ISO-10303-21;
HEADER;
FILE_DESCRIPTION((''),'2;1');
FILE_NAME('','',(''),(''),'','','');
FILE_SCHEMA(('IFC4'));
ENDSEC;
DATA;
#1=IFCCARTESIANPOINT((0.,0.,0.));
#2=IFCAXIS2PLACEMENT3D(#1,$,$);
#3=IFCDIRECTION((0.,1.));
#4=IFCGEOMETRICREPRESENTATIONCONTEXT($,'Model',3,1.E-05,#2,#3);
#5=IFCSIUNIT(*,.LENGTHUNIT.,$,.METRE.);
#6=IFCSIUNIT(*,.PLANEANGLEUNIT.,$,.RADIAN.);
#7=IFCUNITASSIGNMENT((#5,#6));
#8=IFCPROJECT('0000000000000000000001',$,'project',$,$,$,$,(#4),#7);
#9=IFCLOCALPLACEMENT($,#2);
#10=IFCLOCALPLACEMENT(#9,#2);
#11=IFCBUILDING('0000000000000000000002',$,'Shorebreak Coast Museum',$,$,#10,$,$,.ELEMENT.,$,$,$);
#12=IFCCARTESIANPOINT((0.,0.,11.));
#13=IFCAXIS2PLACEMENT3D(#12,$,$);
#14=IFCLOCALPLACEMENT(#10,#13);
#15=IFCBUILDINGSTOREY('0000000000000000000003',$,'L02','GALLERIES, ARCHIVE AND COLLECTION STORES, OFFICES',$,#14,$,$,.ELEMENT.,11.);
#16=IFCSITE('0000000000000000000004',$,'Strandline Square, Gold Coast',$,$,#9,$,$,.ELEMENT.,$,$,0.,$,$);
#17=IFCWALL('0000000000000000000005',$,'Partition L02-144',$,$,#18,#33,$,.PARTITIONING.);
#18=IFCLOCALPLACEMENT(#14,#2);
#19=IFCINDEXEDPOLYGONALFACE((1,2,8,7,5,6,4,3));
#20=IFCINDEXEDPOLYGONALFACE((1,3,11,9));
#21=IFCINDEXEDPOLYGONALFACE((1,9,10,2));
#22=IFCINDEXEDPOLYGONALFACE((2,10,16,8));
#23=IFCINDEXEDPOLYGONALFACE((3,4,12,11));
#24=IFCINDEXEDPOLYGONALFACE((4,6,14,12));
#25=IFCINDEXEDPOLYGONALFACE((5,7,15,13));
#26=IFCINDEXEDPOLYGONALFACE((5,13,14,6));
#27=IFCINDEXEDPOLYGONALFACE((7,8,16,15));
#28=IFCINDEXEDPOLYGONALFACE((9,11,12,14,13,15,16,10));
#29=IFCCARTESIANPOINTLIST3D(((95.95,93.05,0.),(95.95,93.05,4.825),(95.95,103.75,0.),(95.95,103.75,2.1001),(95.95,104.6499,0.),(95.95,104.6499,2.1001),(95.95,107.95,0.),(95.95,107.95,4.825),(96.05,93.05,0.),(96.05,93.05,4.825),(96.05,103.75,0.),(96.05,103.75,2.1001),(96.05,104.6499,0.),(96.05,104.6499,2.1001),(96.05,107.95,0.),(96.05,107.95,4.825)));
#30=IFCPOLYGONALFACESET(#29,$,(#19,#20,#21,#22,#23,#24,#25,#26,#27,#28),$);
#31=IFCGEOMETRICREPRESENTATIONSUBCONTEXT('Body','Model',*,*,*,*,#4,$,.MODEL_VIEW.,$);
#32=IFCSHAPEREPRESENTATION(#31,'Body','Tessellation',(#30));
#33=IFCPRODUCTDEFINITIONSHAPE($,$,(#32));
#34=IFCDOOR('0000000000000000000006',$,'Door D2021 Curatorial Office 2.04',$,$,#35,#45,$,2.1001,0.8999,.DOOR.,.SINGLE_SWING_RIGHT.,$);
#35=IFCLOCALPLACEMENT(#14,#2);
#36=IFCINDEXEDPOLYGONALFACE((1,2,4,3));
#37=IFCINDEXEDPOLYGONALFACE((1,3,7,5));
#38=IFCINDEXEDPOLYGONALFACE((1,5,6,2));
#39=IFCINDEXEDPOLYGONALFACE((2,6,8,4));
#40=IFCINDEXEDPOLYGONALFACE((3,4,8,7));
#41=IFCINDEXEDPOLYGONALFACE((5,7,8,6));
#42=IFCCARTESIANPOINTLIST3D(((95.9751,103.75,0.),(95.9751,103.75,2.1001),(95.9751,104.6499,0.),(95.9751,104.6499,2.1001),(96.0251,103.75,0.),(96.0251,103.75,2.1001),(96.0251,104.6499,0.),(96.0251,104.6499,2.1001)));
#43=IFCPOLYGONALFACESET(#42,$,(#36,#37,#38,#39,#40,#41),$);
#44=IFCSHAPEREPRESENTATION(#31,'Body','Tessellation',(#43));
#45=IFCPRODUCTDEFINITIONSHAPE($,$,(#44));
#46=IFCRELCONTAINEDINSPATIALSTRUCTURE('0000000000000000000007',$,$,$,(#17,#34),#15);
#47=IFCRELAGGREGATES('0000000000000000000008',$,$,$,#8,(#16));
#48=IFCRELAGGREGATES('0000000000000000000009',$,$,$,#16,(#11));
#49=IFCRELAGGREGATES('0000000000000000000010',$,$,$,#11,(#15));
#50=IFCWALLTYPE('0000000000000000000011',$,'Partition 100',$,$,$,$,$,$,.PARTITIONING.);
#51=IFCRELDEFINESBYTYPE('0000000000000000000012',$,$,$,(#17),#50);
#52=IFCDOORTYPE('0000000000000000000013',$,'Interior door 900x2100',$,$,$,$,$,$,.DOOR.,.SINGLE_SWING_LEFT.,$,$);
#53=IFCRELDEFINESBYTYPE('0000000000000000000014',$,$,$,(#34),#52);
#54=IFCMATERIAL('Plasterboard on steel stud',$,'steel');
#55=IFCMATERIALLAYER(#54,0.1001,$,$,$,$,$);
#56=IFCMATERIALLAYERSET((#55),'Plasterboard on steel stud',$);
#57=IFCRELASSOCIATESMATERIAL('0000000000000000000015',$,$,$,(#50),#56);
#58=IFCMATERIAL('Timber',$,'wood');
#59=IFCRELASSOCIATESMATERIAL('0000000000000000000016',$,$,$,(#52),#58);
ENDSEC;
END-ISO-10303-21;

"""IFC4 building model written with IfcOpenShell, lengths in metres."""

from ifc_helpers import new_model, si_unit, direction, frame, frame_2d, origin, place, context, subcontext, project, spatial, rectangle, extrude, material, layer, layer_set, type_object, element, fill, save


model = new_model("IFC4")

# Units and contexts
model_context = context("Model", 3, precision=1e-05, world=origin(), true_north=direction((0.0, 1.0)))
body_context = subcontext(model_context, "Body", "Model", "MODEL_VIEW")
ifc_project = project(units=[si_unit("LENGTHUNIT", "METRE"), si_unit("PLANEANGLEUNIT", "RADIAN")], contexts=[model_context])

# Site, building, storey
site_placement = place(None, origin())
site = spatial("IfcSite", under=ifc_project, at=site_placement, Name="Strandline Square, Gold Coast", CompositionType="ELEMENT", RefElevation=0.0)
building_placement = place(site_placement, origin())
building = spatial("IfcBuilding", under=site, at=building_placement, Name="Shorebreak Coast Museum", CompositionType="ELEMENT")
storey_placement = place(building_placement, frame((0.0, 0.0, 11.0)))
storey = spatial("IfcBuildingStorey", under=building, at=storey_placement, Name="L02", Description="GALLERIES, ARCHIVE AND COLLECTION STORES, OFFICES", CompositionType="ELEMENT", Elevation=11.0)

# Wall, opening, door
ifc_material_1 = material(Name="Plasterboard on steel stud", Category="steel")
ifc_layer_1 = layer(ifc_material_1, 0.1001)
ifc_layer_set_1 = layer_set([ifc_layer_1], Name="Plasterboard on steel stud")
wall_type_1 = type_object("IfcWallType", Name="Partition 100", PredefinedType="PARTITIONING", material=ifc_layer_set_1)
wall_1_placement = place(storey_placement, frame((96.0, 93.05, 0.0), z_axis=(0.0, 0.0, 1.0), x_axis=(0.0, 1.0, 0.0)))
wall_1 = element("IfcWall", 1, at=wall_1_placement, inside=storey, type_object=wall_type_1, Name="Partition L02-144", PredefinedType="PARTITIONING", context=body_context, shape_type="SweptSolid", body=[
    extrude(rectangle(XDim=14.8999, YDim=0.1001, at=frame_2d((7.45, 0.0))), origin(), (0.0, 0.0, 1.0), 4.825),
])
opening_1_placement = place(wall_1_placement, frame((10.7, 0.0, 0.0)))
opening_1 = element("IfcOpeningElement", 2, at=opening_1_placement, cuts=wall_1, PredefinedType="OPENING", context=body_context, shape_type="SweptSolid", body=[
    extrude(rectangle(XDim=0.8999, YDim=2.1001, at=frame_2d((0.45, 1.05))), frame((0.0, 0.0601, 0.0), z_axis=(0.0, -1.0, 0.0), x_axis=(1.0, 0.0, 0.0)), (0.0, 0.0, 1.0), 0.1201),
])
ifc_material_2 = material(Name="Timber", Category="wood")
door_type_1 = type_object("IfcDoorType", Name="Interior door 900x2100", OperationType="SINGLE_SWING_LEFT", PredefinedType="DOOR", material=ifc_material_2)
door_1_placement = place(opening_1_placement, origin())
door_1 = element("IfcDoor", 3, at=door_1_placement, inside=storey, type_object=door_type_1, Name="Door D2021 Curatorial Office 2.04", OperationType="SINGLE_SWING_RIGHT", OverallHeight=2.1001, OverallWidth=0.8999, PredefinedType="DOOR", context=body_context, shape_type="SweptSolid", body=[
    extrude(rectangle(XDim=0.8999, YDim=2.1001, at=frame_2d((0.45, 1.05))), frame((0.0, 0.0249, 0.0), z_axis=(0.0, -1.0, 0.0), x_axis=(1.0, 0.0, 0.0)), (0.0, 0.0, 1.0), 0.05),
])
fill(opening_1, door_1)

save(model, "model.ifc")
